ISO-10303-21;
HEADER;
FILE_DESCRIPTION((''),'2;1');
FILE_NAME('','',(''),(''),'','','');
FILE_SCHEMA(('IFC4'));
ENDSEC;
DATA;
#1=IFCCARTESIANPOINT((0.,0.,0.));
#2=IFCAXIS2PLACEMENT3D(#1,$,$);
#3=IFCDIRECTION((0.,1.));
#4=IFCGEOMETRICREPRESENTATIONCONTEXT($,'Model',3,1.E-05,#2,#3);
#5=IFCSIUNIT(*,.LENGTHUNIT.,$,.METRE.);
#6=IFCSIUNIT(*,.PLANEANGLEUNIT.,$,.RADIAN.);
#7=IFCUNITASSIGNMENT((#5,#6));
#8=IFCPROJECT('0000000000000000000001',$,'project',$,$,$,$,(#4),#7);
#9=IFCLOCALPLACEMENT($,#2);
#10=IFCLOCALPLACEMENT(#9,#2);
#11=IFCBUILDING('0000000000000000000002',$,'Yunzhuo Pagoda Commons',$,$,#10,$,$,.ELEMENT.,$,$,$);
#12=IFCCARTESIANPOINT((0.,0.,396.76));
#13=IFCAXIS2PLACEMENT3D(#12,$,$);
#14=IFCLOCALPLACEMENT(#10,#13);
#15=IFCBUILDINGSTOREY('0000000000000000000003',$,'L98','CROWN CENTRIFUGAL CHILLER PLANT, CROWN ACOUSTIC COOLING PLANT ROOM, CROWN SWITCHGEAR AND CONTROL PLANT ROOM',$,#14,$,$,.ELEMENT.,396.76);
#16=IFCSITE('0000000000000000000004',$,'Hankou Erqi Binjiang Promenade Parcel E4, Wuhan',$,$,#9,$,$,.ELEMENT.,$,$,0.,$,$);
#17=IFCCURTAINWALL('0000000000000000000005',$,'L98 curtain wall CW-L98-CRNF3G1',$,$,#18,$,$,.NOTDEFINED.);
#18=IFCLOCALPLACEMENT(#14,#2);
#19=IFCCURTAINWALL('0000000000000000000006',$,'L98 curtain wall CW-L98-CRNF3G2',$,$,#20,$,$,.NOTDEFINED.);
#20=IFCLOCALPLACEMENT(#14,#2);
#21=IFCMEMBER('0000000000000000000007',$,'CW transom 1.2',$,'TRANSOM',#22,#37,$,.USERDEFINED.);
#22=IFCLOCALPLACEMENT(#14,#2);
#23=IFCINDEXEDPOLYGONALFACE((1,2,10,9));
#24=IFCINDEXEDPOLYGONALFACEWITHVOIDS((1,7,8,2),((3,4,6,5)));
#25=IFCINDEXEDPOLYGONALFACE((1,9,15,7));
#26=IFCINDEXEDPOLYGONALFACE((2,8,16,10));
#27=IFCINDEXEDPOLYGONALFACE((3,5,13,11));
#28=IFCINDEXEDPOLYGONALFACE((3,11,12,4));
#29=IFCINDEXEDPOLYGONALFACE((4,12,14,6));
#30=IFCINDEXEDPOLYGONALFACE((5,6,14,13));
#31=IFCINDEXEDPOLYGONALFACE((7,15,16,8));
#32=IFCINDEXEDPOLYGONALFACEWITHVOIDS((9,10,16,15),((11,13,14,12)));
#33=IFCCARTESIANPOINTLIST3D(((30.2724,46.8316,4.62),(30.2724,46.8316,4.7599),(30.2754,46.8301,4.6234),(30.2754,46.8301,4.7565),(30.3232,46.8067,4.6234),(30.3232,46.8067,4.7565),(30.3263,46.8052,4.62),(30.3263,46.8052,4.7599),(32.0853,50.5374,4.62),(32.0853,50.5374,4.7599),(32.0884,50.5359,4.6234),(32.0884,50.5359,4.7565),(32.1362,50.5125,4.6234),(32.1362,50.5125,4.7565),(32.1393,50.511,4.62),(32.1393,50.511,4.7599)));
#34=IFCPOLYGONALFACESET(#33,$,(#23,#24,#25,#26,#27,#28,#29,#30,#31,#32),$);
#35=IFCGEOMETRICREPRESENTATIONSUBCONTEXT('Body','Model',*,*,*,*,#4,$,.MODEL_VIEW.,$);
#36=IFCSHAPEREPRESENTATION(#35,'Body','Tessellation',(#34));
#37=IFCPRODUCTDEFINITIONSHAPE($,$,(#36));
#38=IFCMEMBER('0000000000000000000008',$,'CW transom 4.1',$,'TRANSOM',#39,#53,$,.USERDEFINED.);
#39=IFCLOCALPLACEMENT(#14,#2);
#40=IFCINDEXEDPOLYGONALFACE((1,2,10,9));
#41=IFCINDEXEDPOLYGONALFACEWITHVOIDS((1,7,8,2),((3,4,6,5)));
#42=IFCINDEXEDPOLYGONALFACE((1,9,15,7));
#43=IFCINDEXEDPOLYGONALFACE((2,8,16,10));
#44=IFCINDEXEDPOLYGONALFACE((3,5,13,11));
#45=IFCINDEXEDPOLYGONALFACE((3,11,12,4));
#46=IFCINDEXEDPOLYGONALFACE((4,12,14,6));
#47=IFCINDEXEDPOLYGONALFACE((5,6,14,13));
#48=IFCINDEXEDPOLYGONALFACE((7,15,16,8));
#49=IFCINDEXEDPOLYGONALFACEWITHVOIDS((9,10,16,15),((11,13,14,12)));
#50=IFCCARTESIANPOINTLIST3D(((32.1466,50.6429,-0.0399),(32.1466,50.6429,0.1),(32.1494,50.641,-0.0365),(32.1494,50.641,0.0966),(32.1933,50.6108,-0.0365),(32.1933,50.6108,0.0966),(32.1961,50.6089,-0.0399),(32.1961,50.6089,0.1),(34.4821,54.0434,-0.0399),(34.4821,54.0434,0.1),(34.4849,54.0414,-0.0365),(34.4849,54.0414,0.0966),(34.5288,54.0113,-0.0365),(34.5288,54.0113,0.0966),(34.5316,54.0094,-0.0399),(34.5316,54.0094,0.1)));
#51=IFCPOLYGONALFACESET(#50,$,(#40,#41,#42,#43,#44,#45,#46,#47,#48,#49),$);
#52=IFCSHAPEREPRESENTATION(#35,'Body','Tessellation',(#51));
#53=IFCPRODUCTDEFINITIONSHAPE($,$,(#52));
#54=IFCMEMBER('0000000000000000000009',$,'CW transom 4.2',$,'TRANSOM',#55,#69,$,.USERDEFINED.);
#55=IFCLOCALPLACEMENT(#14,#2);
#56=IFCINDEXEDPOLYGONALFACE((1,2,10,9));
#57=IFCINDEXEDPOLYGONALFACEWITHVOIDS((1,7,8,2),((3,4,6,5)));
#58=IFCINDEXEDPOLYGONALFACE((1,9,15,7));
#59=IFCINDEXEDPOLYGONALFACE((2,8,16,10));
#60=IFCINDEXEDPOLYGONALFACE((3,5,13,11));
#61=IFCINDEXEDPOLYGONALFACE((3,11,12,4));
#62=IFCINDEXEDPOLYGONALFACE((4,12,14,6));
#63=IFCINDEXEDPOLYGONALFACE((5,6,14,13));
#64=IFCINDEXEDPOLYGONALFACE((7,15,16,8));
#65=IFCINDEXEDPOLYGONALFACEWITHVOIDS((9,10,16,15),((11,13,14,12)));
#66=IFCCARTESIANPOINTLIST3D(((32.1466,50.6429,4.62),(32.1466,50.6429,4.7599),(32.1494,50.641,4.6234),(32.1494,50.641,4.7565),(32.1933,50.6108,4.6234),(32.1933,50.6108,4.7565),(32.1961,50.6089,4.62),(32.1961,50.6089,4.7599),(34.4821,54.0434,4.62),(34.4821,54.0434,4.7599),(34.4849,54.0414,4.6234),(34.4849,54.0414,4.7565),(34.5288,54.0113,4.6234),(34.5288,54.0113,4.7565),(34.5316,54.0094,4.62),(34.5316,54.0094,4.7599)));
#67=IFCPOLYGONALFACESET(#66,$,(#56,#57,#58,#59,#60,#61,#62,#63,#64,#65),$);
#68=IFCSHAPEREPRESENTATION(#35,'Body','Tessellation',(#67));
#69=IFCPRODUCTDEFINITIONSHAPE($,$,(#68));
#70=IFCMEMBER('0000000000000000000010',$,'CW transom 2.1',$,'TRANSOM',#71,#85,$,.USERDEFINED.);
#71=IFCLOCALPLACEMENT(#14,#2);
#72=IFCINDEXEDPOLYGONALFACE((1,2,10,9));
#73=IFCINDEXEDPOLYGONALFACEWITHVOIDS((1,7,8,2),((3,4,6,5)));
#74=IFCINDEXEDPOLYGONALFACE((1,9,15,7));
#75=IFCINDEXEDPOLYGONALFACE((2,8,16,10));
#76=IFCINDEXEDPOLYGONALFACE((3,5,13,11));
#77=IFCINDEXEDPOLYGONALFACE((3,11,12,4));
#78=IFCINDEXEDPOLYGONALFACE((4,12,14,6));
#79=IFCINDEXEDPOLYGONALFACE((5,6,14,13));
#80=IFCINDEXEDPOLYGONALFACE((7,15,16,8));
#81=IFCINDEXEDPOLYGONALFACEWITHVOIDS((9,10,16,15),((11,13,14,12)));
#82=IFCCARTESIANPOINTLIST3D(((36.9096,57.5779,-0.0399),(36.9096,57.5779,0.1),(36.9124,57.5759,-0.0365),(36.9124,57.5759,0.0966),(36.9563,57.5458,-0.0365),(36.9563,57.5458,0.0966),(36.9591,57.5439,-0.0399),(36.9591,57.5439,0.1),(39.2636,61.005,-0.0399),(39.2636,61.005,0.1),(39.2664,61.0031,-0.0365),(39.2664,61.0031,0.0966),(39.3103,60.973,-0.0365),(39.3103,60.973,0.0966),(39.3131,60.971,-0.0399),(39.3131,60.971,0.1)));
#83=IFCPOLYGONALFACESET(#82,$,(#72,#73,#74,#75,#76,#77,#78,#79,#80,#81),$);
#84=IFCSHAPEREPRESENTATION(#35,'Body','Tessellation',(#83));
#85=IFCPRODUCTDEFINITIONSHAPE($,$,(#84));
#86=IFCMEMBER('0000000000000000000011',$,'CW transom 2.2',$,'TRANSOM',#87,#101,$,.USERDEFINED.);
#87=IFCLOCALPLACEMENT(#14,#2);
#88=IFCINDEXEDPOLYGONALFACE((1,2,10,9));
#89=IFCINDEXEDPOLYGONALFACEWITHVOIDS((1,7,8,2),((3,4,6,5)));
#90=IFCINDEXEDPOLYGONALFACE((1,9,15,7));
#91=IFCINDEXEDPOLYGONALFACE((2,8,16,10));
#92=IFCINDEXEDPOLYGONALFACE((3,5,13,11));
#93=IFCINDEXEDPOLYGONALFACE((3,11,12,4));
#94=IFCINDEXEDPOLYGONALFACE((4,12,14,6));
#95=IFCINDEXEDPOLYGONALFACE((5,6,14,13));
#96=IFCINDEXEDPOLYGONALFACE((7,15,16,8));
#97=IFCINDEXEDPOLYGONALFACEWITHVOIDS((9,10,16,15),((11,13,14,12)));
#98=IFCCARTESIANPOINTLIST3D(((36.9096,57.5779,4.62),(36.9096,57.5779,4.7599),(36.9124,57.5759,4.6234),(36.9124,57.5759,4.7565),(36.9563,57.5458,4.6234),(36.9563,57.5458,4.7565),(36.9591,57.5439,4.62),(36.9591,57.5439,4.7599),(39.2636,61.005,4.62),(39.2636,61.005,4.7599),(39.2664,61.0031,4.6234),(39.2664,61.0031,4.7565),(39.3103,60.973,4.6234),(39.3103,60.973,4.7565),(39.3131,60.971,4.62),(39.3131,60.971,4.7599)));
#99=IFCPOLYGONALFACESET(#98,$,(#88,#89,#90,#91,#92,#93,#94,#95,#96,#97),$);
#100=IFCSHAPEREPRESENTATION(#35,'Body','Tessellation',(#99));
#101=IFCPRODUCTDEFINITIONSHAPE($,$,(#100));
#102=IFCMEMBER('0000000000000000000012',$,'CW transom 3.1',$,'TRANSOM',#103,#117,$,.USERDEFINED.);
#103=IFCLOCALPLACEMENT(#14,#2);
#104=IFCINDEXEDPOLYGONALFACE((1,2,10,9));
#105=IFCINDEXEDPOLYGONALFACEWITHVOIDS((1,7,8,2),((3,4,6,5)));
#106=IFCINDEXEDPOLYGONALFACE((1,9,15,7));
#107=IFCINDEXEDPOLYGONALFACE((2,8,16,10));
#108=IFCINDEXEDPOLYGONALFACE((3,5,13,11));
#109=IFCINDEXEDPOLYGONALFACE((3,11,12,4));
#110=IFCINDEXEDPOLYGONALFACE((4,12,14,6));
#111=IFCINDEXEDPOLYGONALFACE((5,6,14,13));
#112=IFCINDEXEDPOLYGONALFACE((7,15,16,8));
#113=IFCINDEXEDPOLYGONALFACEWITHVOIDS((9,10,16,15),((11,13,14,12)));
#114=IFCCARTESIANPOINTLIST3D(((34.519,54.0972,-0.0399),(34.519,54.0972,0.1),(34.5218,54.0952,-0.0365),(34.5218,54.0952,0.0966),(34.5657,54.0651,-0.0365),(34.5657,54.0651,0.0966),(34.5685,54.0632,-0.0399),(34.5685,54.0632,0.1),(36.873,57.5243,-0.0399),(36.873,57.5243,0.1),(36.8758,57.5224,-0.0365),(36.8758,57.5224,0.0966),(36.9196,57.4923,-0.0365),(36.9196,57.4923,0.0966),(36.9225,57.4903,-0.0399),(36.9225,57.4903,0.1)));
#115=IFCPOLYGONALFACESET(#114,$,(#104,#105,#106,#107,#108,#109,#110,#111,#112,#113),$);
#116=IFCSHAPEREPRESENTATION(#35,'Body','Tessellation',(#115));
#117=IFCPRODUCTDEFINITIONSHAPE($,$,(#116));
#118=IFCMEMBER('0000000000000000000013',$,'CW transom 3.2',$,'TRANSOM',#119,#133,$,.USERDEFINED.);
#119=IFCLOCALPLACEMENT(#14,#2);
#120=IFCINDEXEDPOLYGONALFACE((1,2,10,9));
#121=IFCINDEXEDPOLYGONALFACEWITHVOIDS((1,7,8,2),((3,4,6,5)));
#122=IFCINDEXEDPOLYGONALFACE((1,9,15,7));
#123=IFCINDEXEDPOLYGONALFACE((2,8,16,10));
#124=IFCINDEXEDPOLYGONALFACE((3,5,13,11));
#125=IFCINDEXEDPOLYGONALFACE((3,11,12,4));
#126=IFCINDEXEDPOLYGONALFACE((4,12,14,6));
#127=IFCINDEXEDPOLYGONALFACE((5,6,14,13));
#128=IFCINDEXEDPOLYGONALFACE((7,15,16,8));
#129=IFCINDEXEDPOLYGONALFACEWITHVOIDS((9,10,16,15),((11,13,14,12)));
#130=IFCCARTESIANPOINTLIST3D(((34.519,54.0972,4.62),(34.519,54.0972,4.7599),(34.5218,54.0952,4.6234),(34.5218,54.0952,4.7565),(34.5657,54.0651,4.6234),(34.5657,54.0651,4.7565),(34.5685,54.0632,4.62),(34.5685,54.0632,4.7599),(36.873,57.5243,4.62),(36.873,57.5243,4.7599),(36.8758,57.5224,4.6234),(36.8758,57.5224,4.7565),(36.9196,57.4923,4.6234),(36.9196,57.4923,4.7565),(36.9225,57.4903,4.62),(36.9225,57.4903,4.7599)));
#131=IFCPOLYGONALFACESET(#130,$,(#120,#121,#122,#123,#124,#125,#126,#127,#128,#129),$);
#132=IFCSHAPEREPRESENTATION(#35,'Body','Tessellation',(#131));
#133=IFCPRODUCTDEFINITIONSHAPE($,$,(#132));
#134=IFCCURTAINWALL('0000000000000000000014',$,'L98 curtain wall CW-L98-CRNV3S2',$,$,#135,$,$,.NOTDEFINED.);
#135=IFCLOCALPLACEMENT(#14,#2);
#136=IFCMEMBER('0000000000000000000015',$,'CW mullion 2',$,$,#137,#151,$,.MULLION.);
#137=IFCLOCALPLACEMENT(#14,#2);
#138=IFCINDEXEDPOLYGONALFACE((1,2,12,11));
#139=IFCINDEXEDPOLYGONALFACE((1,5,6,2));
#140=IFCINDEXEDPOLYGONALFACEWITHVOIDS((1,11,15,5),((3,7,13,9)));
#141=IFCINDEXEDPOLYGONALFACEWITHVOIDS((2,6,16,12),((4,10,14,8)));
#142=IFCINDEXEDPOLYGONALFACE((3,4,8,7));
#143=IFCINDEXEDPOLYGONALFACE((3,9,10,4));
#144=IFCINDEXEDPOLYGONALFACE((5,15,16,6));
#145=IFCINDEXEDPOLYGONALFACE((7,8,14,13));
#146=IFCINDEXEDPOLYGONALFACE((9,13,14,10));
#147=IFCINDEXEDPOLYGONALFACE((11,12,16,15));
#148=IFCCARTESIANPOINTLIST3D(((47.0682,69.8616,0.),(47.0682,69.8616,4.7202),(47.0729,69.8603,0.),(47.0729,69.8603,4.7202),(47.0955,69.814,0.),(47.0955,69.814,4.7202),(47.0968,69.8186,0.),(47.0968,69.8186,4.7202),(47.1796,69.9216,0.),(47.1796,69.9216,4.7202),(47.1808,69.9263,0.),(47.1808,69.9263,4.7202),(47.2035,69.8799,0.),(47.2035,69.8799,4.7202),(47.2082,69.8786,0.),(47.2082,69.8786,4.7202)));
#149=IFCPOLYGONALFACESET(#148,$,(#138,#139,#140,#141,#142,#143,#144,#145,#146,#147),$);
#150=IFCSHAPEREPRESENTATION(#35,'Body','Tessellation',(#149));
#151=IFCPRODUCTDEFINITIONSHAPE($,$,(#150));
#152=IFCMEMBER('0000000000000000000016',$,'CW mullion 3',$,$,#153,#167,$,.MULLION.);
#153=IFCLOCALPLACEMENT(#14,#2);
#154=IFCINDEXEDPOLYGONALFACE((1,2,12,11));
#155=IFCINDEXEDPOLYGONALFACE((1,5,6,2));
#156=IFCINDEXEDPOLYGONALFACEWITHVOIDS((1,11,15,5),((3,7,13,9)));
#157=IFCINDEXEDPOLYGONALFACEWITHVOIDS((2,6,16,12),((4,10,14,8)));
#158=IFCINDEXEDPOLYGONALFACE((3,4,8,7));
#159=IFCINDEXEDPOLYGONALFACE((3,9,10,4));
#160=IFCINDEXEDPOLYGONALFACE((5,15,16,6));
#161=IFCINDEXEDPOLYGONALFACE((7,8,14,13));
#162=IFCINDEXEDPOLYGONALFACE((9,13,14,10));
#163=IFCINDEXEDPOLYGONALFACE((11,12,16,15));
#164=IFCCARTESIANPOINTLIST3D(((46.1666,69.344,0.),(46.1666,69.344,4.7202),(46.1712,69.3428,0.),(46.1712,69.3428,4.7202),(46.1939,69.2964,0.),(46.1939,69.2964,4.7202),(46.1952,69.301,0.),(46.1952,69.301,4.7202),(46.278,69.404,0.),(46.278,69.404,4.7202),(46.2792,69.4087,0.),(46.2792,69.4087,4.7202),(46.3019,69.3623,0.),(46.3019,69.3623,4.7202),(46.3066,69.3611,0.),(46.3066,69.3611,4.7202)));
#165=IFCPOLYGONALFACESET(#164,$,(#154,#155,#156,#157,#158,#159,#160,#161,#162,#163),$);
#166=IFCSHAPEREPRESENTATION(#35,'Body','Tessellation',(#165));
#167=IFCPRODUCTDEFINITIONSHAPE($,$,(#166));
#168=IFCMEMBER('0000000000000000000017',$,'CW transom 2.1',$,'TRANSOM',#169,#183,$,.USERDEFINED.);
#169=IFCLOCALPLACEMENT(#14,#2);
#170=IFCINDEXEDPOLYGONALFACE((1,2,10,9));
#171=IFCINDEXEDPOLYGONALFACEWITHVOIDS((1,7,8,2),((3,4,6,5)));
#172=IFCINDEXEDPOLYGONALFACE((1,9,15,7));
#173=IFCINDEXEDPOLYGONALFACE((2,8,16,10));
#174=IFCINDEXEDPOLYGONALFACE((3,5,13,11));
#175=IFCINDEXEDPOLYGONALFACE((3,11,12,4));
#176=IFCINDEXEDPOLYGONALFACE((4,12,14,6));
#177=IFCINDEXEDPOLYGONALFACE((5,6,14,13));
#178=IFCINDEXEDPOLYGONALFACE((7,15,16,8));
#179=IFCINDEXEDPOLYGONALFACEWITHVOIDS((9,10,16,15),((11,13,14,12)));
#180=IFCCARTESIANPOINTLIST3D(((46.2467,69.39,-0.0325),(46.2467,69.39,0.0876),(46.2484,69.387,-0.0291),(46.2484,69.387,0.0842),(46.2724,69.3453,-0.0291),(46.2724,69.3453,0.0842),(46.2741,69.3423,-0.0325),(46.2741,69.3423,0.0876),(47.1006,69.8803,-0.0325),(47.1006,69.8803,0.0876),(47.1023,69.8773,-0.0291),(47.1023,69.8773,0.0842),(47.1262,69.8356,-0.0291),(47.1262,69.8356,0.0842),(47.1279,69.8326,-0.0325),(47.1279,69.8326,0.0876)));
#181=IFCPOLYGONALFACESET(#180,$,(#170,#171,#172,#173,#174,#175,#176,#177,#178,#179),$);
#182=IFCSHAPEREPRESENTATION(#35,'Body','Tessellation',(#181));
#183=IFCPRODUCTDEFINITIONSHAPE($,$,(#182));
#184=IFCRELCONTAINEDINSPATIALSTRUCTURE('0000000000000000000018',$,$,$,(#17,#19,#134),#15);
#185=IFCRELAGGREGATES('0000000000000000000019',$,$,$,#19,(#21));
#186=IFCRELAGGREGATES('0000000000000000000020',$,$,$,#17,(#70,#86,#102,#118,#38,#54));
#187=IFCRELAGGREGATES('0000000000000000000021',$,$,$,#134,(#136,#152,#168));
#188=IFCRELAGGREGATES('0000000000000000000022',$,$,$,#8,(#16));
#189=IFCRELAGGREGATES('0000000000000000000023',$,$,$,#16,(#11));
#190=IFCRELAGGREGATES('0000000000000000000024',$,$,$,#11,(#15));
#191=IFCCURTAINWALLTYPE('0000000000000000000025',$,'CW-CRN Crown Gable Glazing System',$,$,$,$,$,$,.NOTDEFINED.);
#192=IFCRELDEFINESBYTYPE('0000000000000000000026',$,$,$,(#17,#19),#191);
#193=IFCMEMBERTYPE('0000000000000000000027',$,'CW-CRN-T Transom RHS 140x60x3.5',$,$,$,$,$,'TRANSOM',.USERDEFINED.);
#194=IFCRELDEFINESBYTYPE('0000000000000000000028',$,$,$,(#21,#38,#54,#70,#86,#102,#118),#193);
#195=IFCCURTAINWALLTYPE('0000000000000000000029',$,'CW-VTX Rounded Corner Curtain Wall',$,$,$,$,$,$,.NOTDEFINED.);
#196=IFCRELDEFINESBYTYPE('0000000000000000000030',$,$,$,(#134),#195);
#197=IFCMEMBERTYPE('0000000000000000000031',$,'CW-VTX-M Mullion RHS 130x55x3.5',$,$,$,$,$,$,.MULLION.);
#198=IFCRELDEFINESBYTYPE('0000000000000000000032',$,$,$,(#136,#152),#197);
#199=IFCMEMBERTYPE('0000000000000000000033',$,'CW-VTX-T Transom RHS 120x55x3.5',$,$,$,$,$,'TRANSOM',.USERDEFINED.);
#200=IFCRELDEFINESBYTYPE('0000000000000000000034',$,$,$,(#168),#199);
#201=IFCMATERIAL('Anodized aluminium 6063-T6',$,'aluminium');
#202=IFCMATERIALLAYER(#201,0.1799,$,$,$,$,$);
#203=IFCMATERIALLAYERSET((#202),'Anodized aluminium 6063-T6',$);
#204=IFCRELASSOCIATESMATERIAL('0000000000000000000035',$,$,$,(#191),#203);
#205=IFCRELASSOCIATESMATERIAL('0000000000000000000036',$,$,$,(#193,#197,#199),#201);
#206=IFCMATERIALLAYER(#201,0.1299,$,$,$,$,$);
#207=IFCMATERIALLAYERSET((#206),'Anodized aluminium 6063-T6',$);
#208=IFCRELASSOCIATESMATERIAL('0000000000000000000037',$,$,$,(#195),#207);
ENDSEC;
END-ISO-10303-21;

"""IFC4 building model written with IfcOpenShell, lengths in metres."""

from ifc_helpers import new_model, si_unit, direction, frame, origin, origin_2d, place, context, subcontext, project, spatial, hollow_rectangle, extrude, source, transform, mapped, material, layer, layer_set, material_profile, profile_set, type_object, element, aggregate, save


model = new_model("IFC4")

# Units and contexts
model_context = context("Model", 3, precision=1e-05, world=origin(), true_north=direction((0.0, 1.0)))
body_context = subcontext(model_context, "Body", "Model", "MODEL_VIEW")
ifc_project = project(units=[si_unit("LENGTHUNIT", "METRE"), si_unit("PLANEANGLEUNIT", "RADIAN")], contexts=[model_context])

# Site, building, storey
site_placement = place(None, origin())
site = spatial("IfcSite", under=ifc_project, at=site_placement, Name="Hankou Erqi Binjiang Promenade Parcel E4, Wuhan", CompositionType="ELEMENT", RefElevation=0.0)
building_placement = place(site_placement, origin())
building = spatial("IfcBuilding", under=site, at=building_placement, Name="Yunzhuo Pagoda Commons", CompositionType="ELEMENT")
storey_placement = place(building_placement, frame((0.0, 0.0, 396.76)))
storey = spatial("IfcBuildingStorey", under=building, at=storey_placement, Name="L98", Description="CROWN CENTRIFUGAL CHILLER PLANT, CROWN ACOUSTIC COOLING PLANT ROOM, CROWN SWITCHGEAR AND CONTROL PLANT ROOM", CompositionType="ELEMENT", Elevation=396.76)

# Curtain wall
ifc_material_1 = material(Name="Anodized aluminium 6063-T6", Category="aluminium")
ifc_layer_1 = layer(ifc_material_1, 0.1799)
ifc_layer_set_1 = layer_set([ifc_layer_1], Name="Anodized aluminium 6063-T6")
curtain_wall_type_1 = type_object("IfcCurtainWallType", Name="CW-CRN Crown Gable Glazing System", PredefinedType="NOTDEFINED", material=ifc_layer_set_1)
curtain_wall_1_placement = place(storey_placement, origin())
curtain_wall_1 = element("IfcCurtainWall", 1, at=curtain_wall_1_placement, inside=storey, type_object=curtain_wall_type_1, Name="L98 curtain wall CW-L98-CRNF3G1", PredefinedType="NOTDEFINED")

# Curtain wall
curtain_wall_2_placement = place(storey_placement, origin())
curtain_wall_2 = element("IfcCurtainWall", 2, at=curtain_wall_2_placement, inside=storey, type_object=curtain_wall_type_1, Name="L98 curtain wall CW-L98-CRNF3G2", PredefinedType="NOTDEFINED")

# Members
ifc_material_profile_1 = material_profile(ifc_material_1, hollow_rectangle(XDim=0.0601, YDim=0.1399, WallThickness=0.0034, at=origin_2d()), Name="Anodized aluminium 6063-T6")
ifc_profile_set_1 = profile_set([ifc_material_profile_1], Name="Anodized aluminium 6063-T6")
member_type_1 = type_object("IfcMemberType", Name="CW-CRN-T Transom RHS 140x60x3.5", ElementType="TRANSOM", PredefinedType="USERDEFINED", material=ifc_profile_set_1)
shared_shape_1 = source(origin(), body_context, "Body", "SweptSolid", [
    extrude(hollow_rectangle(XDim=0.0601, YDim=0.1399, WallThickness=0.0034, at=origin_2d()), origin(), (0.0, 0.0, 1.0), 4.1255),
])
member_1_placement = place(storey_placement, frame((32.1123, 50.5242, 4.6899), z_axis=(-0.439456, -0.898264, 0.0), x_axis=(0.898264, -0.439456, 0.0)))
member_1 = element("IfcMember", 3, at=member_1_placement, type_object=member_type_1, Name="CW transom 1.2", ObjectType="TRANSOM", PredefinedType="USERDEFINED", context=body_context, shape_type="MappedRepresentation", body=[
    mapped(shared_shape_1, transform((0.0, 0.0, 0.0), scale=1.0)),
])
shared_shape_2 = source(origin(), body_context, "Body", "SweptSolid", [
    extrude(hollow_rectangle(XDim=0.0601, YDim=0.1399, WallThickness=0.0034, at=origin_2d()), origin(), (0.0, 0.0, 1.0), 4.1252),
])
member_2_placement = place(storey_placement, frame((34.5068, 54.0264, 0.03), z_axis=(-0.566147, -0.824304, 0.0), x_axis=(0.824304, -0.566147, 0.0)))
member_2 = element("IfcMember", 4, at=member_2_placement, type_object=member_type_1, Name="CW transom 4.1", ObjectType="TRANSOM", PredefinedType="USERDEFINED", context=body_context, shape_type="MappedRepresentation", body=[
    mapped(shared_shape_2, transform((0.0, 0.0, 0.0), scale=1.0)),
])
member_3_placement = place(storey_placement, frame((34.5068, 54.0264, 4.6899), z_axis=(-0.566147, -0.824304, 0.0), x_axis=(0.824304, -0.566147, 0.0)))
member_3 = element("IfcMember", 5, at=member_3_placement, type_object=member_type_1, Name="CW transom 4.2", ObjectType="TRANSOM", PredefinedType="USERDEFINED", context=body_context, shape_type="MappedRepresentation", body=[
    mapped(shared_shape_2, transform((0.0, 0.0, 0.0), scale=1.0)),
])
shared_shape_3 = source(origin(), body_context, "Body", "SweptSolid", [
    extrude(hollow_rectangle(XDim=0.0601, YDim=0.1399, WallThickness=0.0034, at=origin_2d()), origin(), (0.0, 0.0, 1.0), 4.1577),
])
member_4_placement = place(storey_placement, frame((39.2883, 60.988, 0.03), z_axis=(-0.566165, -0.824292, 0.0), x_axis=(0.824292, -0.566165, 0.0)))
member_4 = element("IfcMember", 6, at=member_4_placement, type_object=member_type_1, Name="CW transom 2.1", ObjectType="TRANSOM", PredefinedType="USERDEFINED", context=body_context, shape_type="MappedRepresentation", body=[
    mapped(shared_shape_3, transform((0.0, 0.0, 0.0), scale=1.0)),
])
member_5_placement = place(storey_placement, frame((39.2883, 60.988, 4.6899), z_axis=(-0.566165, -0.824292, 0.0), x_axis=(0.824292, -0.566165, 0.0)))
member_5 = element("IfcMember", 7, at=member_5_placement, type_object=member_type_1, Name="CW transom 2.2", ObjectType="TRANSOM", PredefinedType="USERDEFINED", context=body_context, shape_type="MappedRepresentation", body=[
    mapped(shared_shape_3, transform((0.0, 0.0, 0.0), scale=1.0)),
])
member_6_placement = place(storey_placement, frame((36.8977, 57.5073, 0.03), z_axis=(-0.566165, -0.824292, 0.0), x_axis=(0.824292, -0.566165, 0.0)))
member_6 = element("IfcMember", 8, at=member_6_placement, type_object=member_type_1, Name="CW transom 3.1", ObjectType="TRANSOM", PredefinedType="USERDEFINED", context=body_context, shape_type="MappedRepresentation", body=[
    mapped(shared_shape_3, transform((0.0, 0.0, 0.0), scale=1.0)),
])
member_7_placement = place(storey_placement, frame((36.8977, 57.5073, 4.6899), z_axis=(-0.566165, -0.824292, 0.0), x_axis=(0.824292, -0.566165, 0.0)))
member_7 = element("IfcMember", 9, at=member_7_placement, type_object=member_type_1, Name="CW transom 3.2", ObjectType="TRANSOM", PredefinedType="USERDEFINED", context=body_context, shape_type="MappedRepresentation", body=[
    mapped(shared_shape_3, transform((0.0, 0.0, 0.0), scale=1.0)),
])

# Curtain wall, members
ifc_layer_2 = layer(ifc_material_1, 0.1299)
ifc_layer_set_2 = layer_set([ifc_layer_2], Name="Anodized aluminium 6063-T6")
curtain_wall_type_2 = type_object("IfcCurtainWallType", Name="CW-VTX Rounded Corner Curtain Wall", PredefinedType="NOTDEFINED", material=ifc_layer_set_2)
curtain_wall_3_placement = place(storey_placement, origin())
curtain_wall_3 = element("IfcCurtainWall", 10, at=curtain_wall_3_placement, inside=storey, type_object=curtain_wall_type_2, Name="L98 curtain wall CW-L98-CRNV3S2", PredefinedType="NOTDEFINED")
ifc_material_profile_2 = material_profile(ifc_material_1, hollow_rectangle(XDim=0.0549, YDim=0.1299, WallThickness=0.0034, at=origin_2d()), Name="Anodized aluminium 6063-T6")
ifc_profile_set_2 = profile_set([ifc_material_profile_2], Name="Anodized aluminium 6063-T6")
member_type_2 = type_object("IfcMemberType", Name="CW-VTX-M Mullion RHS 130x55x3.5", PredefinedType="MULLION", material=ifc_profile_set_2)
shared_shape_4 = source(origin(), body_context, "Body", "SweptSolid", [
    extrude(hollow_rectangle(XDim=0.0549, YDim=0.1299, WallThickness=0.0034, at=origin_2d()), origin(), (0.0, 0.0, 1.0), 4.7202),
])
member_8_placement = place(storey_placement, frame((47.1382, 69.8701, 0.0), z_axis=(0.0, 0.0, 1.0), x_axis=(0.497937, -0.867213, 0.0)))
member_8 = element("IfcMember", 11, at=member_8_placement, type_object=member_type_2, Name="CW mullion 2", PredefinedType="MULLION", context=body_context, shape_type="MappedRepresentation", body=[
    mapped(shared_shape_4, transform((0.0, 0.0, 0.0), scale=1.0)),
])
member_9_placement = place(storey_placement, frame((46.2366, 69.3525, 0.0), z_axis=(0.0, 0.0, 1.0), x_axis=(0.497937, -0.867213, 0.0)))
member_9 = element("IfcMember", 12, at=member_9_placement, type_object=member_type_2, Name="CW mullion 3", PredefinedType="MULLION", context=body_context, shape_type="MappedRepresentation", body=[
    mapped(shared_shape_4, transform((0.0, 0.0, 0.0), scale=1.0)),
])
ifc_material_profile_3 = material_profile(ifc_material_1, hollow_rectangle(XDim=0.0549, YDim=0.1201, WallThickness=0.0034, at=origin_2d()), Name="Anodized aluminium 6063-T6")
ifc_profile_set_3 = profile_set([ifc_material_profile_3], Name="Anodized aluminium 6063-T6")
member_type_3 = type_object("IfcMemberType", Name="CW-VTX-T Transom RHS 120x55x3.5", ElementType="TRANSOM", PredefinedType="USERDEFINED", material=ifc_profile_set_3)
shared_shape_5 = source(origin(), body_context, "Body", "SweptSolid", [
    extrude(hollow_rectangle(XDim=0.0549, YDim=0.1201, WallThickness=0.0034, at=origin_2d()), origin(), (0.0, 0.0, 1.0), 0.9846),
])
member_10_placement = place(storey_placement, frame((47.1143, 69.8564, 0.0276), z_axis=(-0.867204, -0.497954, 0.0), x_axis=(0.497954, -0.867204, 0.0)))
member_10 = element("IfcMember", 13, at=member_10_placement, type_object=member_type_3, Name="CW transom 2.1", ObjectType="TRANSOM", PredefinedType="USERDEFINED", context=body_context, shape_type="MappedRepresentation", body=[
    mapped(shared_shape_5, transform((0.0, 0.0, 0.0), scale=1.0)),
])

aggregate(curtain_wall_2, [member_1])
aggregate(curtain_wall_1, [member_4, member_5, member_6, member_7, member_2, member_3])
aggregate(curtain_wall_3, [member_8, member_9, member_10])

save(model, "model.ifc")
